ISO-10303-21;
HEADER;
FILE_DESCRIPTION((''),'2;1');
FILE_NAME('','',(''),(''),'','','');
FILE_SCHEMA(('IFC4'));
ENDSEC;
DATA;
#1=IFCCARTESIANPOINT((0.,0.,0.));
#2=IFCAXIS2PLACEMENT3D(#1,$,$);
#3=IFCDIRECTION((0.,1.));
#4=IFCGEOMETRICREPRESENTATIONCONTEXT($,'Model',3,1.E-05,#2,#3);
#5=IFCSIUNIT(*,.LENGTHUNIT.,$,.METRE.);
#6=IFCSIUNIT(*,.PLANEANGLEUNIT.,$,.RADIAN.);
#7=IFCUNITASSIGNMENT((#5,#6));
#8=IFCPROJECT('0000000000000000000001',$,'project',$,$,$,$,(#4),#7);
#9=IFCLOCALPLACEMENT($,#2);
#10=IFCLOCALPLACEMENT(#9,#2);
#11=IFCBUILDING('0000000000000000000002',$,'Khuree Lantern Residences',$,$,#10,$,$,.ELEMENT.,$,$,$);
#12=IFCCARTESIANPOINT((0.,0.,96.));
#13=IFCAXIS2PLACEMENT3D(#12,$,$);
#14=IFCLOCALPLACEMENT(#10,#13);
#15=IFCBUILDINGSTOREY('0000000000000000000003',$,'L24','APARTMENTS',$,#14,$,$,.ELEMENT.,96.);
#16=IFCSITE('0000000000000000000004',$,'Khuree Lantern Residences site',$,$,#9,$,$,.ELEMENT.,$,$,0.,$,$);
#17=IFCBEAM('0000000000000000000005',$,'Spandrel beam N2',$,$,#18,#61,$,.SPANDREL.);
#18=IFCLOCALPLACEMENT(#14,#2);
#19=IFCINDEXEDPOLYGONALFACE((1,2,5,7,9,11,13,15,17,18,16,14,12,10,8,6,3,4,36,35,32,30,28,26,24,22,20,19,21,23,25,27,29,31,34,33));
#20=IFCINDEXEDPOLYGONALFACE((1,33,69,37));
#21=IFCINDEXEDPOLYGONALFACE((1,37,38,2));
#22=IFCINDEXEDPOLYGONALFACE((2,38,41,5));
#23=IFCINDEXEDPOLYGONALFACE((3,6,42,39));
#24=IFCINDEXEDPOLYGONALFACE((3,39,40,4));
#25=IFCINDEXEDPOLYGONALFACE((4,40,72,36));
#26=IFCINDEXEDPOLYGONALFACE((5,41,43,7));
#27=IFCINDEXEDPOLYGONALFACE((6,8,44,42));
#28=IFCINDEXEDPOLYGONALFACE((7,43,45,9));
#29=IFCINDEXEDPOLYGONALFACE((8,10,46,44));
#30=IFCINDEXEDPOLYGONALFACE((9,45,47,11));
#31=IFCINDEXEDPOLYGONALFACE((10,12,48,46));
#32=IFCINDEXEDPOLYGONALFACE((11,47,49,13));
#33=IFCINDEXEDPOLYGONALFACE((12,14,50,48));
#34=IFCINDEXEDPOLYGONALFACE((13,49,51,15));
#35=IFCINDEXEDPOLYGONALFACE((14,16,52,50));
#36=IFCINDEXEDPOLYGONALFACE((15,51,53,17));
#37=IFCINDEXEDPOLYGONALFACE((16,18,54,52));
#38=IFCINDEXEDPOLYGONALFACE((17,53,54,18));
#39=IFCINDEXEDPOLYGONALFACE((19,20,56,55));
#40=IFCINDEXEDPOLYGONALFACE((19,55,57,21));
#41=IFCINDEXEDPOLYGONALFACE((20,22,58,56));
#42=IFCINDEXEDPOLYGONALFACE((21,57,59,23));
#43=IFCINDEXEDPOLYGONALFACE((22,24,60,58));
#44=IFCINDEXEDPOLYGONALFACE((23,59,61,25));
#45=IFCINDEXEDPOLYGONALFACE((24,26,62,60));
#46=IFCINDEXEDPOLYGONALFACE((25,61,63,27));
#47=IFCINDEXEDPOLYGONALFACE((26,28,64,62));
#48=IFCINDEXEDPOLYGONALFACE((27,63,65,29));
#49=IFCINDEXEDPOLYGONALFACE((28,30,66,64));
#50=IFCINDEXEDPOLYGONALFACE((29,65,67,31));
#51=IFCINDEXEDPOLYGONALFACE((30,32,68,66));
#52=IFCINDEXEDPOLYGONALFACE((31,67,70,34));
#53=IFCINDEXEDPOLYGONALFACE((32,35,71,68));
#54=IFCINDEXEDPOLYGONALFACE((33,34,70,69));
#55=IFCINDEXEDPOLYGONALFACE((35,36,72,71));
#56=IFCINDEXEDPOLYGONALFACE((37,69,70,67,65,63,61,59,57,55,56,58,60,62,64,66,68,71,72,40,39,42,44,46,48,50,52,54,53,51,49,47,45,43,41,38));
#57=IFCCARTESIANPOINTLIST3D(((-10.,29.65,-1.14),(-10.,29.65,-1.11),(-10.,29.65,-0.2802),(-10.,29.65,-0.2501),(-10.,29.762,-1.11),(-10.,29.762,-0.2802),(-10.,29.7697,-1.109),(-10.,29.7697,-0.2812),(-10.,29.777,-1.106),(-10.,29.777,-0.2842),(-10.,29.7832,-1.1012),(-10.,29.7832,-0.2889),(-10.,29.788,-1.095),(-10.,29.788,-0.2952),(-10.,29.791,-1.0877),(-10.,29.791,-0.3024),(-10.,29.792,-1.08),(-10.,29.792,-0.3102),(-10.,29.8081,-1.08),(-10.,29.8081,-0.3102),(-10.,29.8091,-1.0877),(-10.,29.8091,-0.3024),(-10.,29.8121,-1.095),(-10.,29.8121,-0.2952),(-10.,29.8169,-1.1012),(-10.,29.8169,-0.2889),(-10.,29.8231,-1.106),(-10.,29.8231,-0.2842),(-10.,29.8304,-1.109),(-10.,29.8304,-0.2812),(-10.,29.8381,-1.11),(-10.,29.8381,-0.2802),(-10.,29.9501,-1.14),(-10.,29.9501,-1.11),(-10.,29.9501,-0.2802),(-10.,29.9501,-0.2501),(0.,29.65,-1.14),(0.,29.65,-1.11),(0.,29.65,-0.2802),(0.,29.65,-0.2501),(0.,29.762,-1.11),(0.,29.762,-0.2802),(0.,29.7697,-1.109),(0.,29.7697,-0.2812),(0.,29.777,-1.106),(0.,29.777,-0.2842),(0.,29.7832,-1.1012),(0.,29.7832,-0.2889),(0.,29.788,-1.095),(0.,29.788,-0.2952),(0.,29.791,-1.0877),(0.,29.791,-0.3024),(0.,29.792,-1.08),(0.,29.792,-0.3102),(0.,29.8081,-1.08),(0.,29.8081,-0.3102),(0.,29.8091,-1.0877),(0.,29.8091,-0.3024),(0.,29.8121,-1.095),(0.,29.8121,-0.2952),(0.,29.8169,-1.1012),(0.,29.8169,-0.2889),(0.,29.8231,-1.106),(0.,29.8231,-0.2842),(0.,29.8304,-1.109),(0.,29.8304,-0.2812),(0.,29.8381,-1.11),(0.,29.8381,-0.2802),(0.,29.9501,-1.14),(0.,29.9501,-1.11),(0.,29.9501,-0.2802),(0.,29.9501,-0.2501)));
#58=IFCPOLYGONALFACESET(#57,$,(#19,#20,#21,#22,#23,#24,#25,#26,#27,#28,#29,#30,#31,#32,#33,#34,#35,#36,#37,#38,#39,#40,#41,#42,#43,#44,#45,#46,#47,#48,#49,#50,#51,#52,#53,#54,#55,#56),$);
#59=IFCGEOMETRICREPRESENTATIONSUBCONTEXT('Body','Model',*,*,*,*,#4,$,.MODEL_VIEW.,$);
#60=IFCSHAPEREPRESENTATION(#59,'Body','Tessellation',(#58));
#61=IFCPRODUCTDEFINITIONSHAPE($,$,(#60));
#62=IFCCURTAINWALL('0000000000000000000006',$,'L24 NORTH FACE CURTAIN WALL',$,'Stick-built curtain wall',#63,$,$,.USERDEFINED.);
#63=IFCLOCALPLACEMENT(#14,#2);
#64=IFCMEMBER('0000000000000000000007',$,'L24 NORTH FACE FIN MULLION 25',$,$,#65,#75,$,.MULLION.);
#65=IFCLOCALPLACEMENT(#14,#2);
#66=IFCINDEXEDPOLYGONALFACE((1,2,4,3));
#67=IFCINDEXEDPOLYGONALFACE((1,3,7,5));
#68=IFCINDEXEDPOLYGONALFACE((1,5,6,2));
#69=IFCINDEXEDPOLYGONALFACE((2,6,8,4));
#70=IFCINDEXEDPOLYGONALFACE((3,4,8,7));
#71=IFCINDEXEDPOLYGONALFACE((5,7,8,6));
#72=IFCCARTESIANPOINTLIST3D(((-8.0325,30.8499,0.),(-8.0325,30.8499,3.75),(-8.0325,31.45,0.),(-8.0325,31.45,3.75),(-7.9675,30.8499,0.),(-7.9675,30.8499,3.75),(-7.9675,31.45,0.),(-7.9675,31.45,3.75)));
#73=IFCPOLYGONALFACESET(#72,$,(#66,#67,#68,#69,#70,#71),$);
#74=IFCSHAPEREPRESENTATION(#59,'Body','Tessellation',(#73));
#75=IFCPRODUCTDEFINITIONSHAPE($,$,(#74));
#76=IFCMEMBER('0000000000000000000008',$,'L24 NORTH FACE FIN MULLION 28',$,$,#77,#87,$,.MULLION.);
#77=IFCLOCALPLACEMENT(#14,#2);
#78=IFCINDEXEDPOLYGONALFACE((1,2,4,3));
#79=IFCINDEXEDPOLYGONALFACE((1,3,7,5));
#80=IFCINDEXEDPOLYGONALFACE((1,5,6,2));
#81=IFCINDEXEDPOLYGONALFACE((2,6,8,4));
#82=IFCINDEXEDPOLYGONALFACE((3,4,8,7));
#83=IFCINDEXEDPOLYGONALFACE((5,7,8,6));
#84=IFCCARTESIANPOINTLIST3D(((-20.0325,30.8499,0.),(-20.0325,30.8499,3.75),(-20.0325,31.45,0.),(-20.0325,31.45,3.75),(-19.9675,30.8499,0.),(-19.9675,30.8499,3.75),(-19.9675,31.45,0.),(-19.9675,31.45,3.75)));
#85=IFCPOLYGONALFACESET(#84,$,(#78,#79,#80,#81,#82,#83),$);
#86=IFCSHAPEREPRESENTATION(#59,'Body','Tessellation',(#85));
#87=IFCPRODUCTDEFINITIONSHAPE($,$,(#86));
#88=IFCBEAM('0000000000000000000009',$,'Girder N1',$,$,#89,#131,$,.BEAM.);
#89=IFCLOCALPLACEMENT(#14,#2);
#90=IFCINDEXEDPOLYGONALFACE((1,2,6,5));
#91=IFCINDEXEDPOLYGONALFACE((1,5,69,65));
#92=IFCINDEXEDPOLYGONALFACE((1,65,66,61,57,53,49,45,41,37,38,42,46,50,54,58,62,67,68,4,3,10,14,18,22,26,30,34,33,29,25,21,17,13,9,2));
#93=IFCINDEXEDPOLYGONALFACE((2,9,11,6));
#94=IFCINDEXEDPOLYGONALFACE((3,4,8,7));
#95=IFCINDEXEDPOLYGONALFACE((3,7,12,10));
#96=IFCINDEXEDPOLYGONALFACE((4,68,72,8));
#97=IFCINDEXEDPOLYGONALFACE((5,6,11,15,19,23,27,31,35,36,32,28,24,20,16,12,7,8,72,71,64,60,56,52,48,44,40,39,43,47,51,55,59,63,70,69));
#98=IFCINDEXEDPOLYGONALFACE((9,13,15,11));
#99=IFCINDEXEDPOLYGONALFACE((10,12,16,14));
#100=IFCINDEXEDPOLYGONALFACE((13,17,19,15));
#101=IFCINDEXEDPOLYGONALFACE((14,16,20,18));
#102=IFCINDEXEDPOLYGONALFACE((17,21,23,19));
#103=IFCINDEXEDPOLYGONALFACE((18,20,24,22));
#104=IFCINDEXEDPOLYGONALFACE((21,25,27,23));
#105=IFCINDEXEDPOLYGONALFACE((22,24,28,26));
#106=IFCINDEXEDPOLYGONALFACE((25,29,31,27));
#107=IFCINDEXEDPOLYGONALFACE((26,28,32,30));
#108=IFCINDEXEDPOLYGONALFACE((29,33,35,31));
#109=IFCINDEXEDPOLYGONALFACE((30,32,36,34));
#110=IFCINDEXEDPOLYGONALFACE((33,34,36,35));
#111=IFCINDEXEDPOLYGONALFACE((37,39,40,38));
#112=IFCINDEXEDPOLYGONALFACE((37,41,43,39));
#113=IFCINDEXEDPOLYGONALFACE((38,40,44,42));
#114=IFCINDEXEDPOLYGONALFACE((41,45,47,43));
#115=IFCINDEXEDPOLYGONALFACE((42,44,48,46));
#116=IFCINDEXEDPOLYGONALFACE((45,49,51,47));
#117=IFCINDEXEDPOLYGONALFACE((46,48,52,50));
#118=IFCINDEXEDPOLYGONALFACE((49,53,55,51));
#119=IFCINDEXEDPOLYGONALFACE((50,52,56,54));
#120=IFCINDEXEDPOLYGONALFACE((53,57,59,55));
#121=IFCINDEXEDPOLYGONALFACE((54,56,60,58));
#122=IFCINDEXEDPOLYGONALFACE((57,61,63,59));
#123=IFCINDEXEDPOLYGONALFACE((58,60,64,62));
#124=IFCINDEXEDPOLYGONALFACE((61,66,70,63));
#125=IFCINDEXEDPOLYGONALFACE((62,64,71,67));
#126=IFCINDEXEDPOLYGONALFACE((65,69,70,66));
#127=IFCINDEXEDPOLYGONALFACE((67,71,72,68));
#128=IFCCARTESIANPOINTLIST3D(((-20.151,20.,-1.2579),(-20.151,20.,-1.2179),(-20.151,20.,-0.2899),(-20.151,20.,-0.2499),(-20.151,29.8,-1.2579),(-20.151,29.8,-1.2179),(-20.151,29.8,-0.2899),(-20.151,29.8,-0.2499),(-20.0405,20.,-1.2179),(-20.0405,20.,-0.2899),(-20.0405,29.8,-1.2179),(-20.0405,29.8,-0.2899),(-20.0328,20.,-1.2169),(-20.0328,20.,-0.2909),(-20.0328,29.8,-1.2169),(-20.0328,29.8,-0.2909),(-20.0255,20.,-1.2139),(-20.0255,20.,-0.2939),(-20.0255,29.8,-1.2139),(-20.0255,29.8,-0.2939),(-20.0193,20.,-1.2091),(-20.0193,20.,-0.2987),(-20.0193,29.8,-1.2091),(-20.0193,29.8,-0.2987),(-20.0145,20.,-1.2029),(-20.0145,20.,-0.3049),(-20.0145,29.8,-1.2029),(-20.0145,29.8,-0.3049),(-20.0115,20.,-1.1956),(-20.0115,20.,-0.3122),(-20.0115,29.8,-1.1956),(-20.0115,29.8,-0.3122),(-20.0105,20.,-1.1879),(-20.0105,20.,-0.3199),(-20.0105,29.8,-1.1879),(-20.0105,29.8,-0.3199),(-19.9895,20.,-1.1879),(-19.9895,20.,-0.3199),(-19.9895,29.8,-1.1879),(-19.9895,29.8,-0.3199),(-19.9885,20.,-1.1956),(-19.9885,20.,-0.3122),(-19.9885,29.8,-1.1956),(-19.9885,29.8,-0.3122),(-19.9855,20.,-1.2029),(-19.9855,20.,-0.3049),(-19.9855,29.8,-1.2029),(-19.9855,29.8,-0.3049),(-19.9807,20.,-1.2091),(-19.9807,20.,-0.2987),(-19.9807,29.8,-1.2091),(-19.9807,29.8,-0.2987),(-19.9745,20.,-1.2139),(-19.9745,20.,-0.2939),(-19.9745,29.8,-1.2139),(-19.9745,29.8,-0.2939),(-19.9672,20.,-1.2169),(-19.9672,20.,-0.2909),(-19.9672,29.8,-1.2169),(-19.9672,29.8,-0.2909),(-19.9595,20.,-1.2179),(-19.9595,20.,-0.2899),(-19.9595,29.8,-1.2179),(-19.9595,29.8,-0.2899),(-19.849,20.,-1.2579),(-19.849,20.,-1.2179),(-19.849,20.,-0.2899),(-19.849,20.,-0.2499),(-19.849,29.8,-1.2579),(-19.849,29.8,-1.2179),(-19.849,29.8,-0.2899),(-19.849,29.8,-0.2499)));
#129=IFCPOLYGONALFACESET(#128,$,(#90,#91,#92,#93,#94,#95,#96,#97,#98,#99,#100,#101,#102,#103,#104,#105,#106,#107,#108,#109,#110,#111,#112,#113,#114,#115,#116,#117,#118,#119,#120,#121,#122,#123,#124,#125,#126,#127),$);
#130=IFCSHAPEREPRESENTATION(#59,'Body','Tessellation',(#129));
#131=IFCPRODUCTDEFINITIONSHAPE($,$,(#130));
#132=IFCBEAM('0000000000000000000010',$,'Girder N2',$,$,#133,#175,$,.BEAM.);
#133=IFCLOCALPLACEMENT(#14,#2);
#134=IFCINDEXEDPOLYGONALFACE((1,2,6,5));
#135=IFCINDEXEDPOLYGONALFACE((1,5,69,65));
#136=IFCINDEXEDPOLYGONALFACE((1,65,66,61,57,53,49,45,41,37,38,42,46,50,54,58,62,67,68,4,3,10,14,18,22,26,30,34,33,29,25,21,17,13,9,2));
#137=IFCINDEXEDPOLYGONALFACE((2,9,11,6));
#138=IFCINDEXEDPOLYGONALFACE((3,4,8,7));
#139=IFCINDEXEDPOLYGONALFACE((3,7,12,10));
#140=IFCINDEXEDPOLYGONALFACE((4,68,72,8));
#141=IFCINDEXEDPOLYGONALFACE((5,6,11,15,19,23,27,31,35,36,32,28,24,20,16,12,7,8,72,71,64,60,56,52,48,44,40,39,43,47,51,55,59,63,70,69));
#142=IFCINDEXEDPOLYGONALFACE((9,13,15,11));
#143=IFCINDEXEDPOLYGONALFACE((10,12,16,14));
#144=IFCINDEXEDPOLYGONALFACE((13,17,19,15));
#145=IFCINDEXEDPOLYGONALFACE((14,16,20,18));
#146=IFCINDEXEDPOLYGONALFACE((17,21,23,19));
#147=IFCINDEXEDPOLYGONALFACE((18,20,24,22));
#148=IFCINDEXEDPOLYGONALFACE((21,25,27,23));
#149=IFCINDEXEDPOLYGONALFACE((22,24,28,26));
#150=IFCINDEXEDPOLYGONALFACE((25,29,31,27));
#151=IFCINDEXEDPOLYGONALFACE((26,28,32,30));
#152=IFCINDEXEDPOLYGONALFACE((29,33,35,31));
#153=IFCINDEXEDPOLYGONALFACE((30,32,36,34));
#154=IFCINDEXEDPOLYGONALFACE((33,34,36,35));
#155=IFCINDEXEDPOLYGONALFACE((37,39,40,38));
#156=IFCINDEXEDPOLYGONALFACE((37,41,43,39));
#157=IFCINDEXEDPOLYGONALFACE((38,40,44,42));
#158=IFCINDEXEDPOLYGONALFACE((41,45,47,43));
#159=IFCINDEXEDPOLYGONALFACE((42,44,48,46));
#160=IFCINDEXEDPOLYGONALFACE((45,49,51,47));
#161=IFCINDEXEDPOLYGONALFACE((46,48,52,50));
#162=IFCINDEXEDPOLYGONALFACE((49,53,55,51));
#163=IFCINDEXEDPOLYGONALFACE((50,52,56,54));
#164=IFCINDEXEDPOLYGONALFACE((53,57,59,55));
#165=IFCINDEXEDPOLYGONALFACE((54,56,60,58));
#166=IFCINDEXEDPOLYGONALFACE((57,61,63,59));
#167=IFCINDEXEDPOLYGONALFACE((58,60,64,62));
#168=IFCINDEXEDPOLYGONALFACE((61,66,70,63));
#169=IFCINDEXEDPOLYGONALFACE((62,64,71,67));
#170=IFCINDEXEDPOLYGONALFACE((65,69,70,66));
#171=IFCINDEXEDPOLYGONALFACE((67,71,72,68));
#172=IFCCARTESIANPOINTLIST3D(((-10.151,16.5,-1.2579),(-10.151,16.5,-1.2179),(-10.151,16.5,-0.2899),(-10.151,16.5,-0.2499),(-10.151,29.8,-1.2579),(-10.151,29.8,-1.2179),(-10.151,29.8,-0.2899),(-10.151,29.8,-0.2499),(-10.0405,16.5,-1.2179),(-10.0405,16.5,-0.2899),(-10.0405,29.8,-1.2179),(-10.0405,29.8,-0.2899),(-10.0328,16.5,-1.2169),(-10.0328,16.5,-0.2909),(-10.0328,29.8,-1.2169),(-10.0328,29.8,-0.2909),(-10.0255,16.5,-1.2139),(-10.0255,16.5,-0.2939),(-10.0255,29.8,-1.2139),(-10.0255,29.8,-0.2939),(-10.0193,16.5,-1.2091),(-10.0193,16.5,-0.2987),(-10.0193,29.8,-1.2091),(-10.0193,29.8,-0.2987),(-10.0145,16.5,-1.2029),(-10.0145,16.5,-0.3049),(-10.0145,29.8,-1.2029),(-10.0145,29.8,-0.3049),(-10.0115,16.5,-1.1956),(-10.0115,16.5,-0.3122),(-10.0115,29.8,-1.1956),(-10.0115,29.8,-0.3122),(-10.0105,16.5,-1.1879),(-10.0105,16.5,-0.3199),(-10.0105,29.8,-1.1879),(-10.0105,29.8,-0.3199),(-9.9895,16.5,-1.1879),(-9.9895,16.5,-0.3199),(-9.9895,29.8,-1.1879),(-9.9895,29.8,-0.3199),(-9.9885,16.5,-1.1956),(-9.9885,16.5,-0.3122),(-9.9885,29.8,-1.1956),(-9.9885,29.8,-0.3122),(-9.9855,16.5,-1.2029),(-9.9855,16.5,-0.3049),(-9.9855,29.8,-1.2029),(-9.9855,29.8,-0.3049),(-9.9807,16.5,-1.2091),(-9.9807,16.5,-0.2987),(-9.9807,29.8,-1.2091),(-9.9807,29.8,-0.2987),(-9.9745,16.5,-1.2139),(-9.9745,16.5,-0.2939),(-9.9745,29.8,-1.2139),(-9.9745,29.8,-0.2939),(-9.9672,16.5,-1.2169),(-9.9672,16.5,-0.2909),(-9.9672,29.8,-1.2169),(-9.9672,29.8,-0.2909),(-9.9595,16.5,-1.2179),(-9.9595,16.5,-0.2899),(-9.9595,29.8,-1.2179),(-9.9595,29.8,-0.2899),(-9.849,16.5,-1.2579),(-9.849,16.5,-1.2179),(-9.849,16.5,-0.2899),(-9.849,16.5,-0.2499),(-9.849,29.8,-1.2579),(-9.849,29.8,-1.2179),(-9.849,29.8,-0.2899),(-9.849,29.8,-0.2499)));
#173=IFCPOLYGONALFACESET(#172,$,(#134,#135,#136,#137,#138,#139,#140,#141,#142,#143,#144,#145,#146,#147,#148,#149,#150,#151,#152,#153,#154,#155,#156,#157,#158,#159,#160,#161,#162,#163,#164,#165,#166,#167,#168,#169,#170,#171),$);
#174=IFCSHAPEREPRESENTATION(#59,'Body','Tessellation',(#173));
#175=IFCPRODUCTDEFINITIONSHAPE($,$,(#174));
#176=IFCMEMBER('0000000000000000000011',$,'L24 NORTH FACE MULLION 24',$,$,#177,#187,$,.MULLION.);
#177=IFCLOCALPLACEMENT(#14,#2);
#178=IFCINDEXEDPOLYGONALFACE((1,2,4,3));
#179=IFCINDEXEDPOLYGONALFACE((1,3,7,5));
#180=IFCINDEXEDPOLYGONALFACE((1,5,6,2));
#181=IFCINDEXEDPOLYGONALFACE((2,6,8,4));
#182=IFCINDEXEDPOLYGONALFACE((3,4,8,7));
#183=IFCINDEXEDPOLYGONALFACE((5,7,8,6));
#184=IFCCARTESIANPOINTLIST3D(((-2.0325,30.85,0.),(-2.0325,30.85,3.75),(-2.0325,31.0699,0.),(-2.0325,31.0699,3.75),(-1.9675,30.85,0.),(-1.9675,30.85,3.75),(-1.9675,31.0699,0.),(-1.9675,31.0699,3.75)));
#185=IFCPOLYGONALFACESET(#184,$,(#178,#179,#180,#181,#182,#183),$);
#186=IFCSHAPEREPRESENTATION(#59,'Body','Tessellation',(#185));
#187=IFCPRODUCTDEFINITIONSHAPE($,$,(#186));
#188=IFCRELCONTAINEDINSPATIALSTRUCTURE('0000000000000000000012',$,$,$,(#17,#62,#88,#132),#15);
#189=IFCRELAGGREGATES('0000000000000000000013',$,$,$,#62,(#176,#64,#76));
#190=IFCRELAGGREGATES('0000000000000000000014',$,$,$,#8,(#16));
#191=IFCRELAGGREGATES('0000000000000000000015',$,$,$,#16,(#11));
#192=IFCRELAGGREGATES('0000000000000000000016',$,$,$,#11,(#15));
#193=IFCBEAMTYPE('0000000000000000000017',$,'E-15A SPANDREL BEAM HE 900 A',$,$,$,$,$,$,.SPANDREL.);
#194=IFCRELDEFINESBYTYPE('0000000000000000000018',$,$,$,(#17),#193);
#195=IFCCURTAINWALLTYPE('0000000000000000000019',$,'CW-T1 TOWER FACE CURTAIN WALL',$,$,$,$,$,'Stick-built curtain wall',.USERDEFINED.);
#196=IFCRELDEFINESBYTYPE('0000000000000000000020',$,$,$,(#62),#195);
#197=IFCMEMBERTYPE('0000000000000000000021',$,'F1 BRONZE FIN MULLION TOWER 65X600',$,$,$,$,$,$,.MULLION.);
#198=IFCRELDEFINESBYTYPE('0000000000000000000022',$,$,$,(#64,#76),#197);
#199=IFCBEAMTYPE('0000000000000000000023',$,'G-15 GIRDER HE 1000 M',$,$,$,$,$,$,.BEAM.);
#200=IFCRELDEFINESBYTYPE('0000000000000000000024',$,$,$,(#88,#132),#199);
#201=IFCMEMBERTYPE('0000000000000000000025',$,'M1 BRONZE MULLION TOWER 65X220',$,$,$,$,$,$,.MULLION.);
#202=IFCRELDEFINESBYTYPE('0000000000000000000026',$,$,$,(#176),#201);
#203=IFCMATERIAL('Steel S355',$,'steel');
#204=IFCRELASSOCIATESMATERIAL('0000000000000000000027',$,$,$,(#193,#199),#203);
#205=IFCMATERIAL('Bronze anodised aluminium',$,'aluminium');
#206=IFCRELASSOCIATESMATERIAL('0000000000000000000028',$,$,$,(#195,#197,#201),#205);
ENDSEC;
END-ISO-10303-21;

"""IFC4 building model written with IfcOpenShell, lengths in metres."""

from ifc_helpers import new_model, si_unit, direction, frame, origin, origin_2d, place, context, subcontext, project, spatial, rectangle, i_section, extrude, material, material_profile, profile_set, type_object, element, aggregate, save


model = new_model("IFC4")

# Units and contexts
model_context = context("Model", 3, precision=1e-05, world=origin(), true_north=direction((0.0, 1.0)))
body_context = subcontext(model_context, "Body", "Model", "MODEL_VIEW")
ifc_project = project(units=[si_unit("LENGTHUNIT", "METRE"), si_unit("PLANEANGLEUNIT", "RADIAN")], contexts=[model_context])

# Site, building, storey
site_placement = place(None, origin())
site = spatial("IfcSite", under=ifc_project, at=site_placement, Name="Khuree Lantern Residences site", CompositionType="ELEMENT", RefElevation=0.0)
building_placement = place(site_placement, origin())
building = spatial("IfcBuilding", under=site, at=building_placement, Name="Khuree Lantern Residences", CompositionType="ELEMENT")
storey_placement = place(building_placement, frame((0.0, 0.0, 96.0)))
storey = spatial("IfcBuildingStorey", under=building, at=storey_placement, Name="L24", Description="APARTMENTS", CompositionType="ELEMENT", Elevation=96.0)

# Beam
ifc_material_1 = material(Name="Steel S355", Category="steel")
ifc_material_profile_1 = material_profile(ifc_material_1, i_section(OverallWidth=0.3, OverallDepth=0.8899, WebThickness=0.0161, FlangeThickness=0.03, FilletRadius=0.03, at=origin_2d()), Name="HE 900 A")
ifc_profile_set_1 = profile_set([ifc_material_profile_1], Name="Steel S355")
beam_type_1 = type_object("IfcBeamType", Name="E-15A SPANDREL BEAM HE 900 A", PredefinedType="SPANDREL", material=ifc_profile_set_1)
for number, where, z_axis, x_axis, name in (
    (1, (-10.0, 29.8, -0.6951), (1.0, 0.0, 0.0), (0.0, 1.0, 0.0), "Spandrel beam N2"),
):
    element("IfcBeam", number, at=place(storey_placement, frame(where, z_axis=z_axis, x_axis=x_axis)), inside=storey, type_object=beam_type_1, Name=name, PredefinedType="SPANDREL", context=body_context, shape_type="SweptSolid", body=[
        extrude(i_section(OverallWidth=0.3, OverallDepth=0.8899, WebThickness=0.0161, FlangeThickness=0.03, FilletRadius=0.03, at=origin_2d()), origin(), (0.0, 0.0, 1.0), 10.0),
    ])

# Curtain wall, members
ifc_material_2 = material(Name="Bronze anodised aluminium", Category="aluminium")
curtain_wall_type = type_object("IfcCurtainWallType", Name="CW-T1 TOWER FACE CURTAIN WALL", ElementType="Stick-built curtain wall", PredefinedType="USERDEFINED", material=ifc_material_2)
curtain_wall_placement = place(storey_placement, origin())
curtain_wall = element("IfcCurtainWall", 2, at=curtain_wall_placement, inside=storey, type_object=curtain_wall_type, Name="L24 NORTH FACE CURTAIN WALL", ObjectType="Stick-built curtain wall", PredefinedType="USERDEFINED")
ifc_material_profile_2 = material_profile(ifc_material_2, rectangle(XDim=0.0649, YDim=0.6001, at=origin_2d()), Name="F1 65X600")
ifc_profile_set_2 = profile_set([ifc_material_profile_2], Name="Bronze anodised aluminium")
member_type_1 = type_object("IfcMemberType", Name="F1 BRONZE FIN MULLION TOWER 65X600", PredefinedType="MULLION", material=ifc_profile_set_2)
member_1_placement = place(storey_placement, frame((-8.0, 31.1499, 0.0), z_axis=(0.0, 0.0, 1.0), x_axis=(-1.0, 0.0, 0.0)))
member_1 = element("IfcMember", 3, at=member_1_placement, type_object=member_type_1, Name="L24 NORTH FACE FIN MULLION 25", PredefinedType="MULLION", context=body_context, shape_type="SweptSolid", body=[
    extrude(rectangle(XDim=0.0649, YDim=0.6001, at=origin_2d()), origin(), (0.0, 0.0, 1.0), 3.75),
])
member_2_placement = place(storey_placement, frame((-20.0, 31.1499, 0.0), z_axis=(0.0, 0.0, 1.0), x_axis=(-1.0, 0.0, 0.0)))
member_2 = element("IfcMember", 4, at=member_2_placement, type_object=member_type_1, Name="L24 NORTH FACE FIN MULLION 28", PredefinedType="MULLION", context=body_context, shape_type="SweptSolid", body=[
    extrude(rectangle(XDim=0.0649, YDim=0.6001, at=origin_2d()), origin(), (0.0, 0.0, 1.0), 3.75),
])

# Beams
ifc_material_profile_3 = material_profile(ifc_material_1, i_section(OverallWidth=0.302, OverallDepth=1.0081, WebThickness=0.021, FlangeThickness=0.04, FilletRadius=0.03, at=origin_2d()), Name="HE 1000 M")
ifc_profile_set_3 = profile_set([ifc_material_profile_3], Name="Steel S355")
beam_type_2 = type_object("IfcBeamType", Name="G-15 GIRDER HE 1000 M", PredefinedType="BEAM", material=ifc_profile_set_3)
beam_1_placement = place(storey_placement, frame((-20.0, 29.8, -0.7539), z_axis=(0.0, -1.0, 0.0), x_axis=(1.0, 0.0, 0.0)))
element("IfcBeam", 5, at=beam_1_placement, inside=storey, type_object=beam_type_2, Name="Girder N1", PredefinedType="BEAM", context=body_context, shape_type="SweptSolid", body=[
    extrude(i_section(OverallWidth=0.302, OverallDepth=1.0081, WebThickness=0.021, FlangeThickness=0.04, FilletRadius=0.03, at=origin_2d()), origin(), (0.0, 0.0, 1.0), 9.8),
])
beam_2_placement = place(storey_placement, frame((-10.0, 29.8, -0.7539), z_axis=(0.0, -1.0, 0.0), x_axis=(1.0, 0.0, 0.0)))
element("IfcBeam", 6, at=beam_2_placement, inside=storey, type_object=beam_type_2, Name="Girder N2", PredefinedType="BEAM", context=body_context, shape_type="SweptSolid", body=[
    extrude(i_section(OverallWidth=0.302, OverallDepth=1.0081, WebThickness=0.021, FlangeThickness=0.04, FilletRadius=0.03, at=origin_2d()), origin(), (0.0, 0.0, 1.0), 13.3),
])

# Member
ifc_material_profile_4 = material_profile(ifc_material_2, rectangle(XDim=0.0649, YDim=0.22, at=origin_2d()), Name="M1 65X220")
ifc_profile_set_4 = profile_set([ifc_material_profile_4], Name="Bronze anodised aluminium")
member_type_2 = type_object("IfcMemberType", Name="M1 BRONZE MULLION TOWER 65X220", PredefinedType="MULLION", material=ifc_profile_set_4)
member_3_placement = place(storey_placement, frame((-2.0, 30.96, 0.0), z_axis=(0.0, 0.0, 1.0), x_axis=(-1.0, 0.0, 0.0)))
member_3 = element("IfcMember", 7, at=member_3_placement, type_object=member_type_2, Name="L24 NORTH FACE MULLION 24", PredefinedType="MULLION", context=body_context, shape_type="SweptSolid", body=[
    extrude(rectangle(XDim=0.0649, YDim=0.22, at=origin_2d()), origin(), (0.0, 0.0, 1.0), 3.75),
])

aggregate(curtain_wall, [member_3, member_1, member_2])

save(model, "model.ifc")
